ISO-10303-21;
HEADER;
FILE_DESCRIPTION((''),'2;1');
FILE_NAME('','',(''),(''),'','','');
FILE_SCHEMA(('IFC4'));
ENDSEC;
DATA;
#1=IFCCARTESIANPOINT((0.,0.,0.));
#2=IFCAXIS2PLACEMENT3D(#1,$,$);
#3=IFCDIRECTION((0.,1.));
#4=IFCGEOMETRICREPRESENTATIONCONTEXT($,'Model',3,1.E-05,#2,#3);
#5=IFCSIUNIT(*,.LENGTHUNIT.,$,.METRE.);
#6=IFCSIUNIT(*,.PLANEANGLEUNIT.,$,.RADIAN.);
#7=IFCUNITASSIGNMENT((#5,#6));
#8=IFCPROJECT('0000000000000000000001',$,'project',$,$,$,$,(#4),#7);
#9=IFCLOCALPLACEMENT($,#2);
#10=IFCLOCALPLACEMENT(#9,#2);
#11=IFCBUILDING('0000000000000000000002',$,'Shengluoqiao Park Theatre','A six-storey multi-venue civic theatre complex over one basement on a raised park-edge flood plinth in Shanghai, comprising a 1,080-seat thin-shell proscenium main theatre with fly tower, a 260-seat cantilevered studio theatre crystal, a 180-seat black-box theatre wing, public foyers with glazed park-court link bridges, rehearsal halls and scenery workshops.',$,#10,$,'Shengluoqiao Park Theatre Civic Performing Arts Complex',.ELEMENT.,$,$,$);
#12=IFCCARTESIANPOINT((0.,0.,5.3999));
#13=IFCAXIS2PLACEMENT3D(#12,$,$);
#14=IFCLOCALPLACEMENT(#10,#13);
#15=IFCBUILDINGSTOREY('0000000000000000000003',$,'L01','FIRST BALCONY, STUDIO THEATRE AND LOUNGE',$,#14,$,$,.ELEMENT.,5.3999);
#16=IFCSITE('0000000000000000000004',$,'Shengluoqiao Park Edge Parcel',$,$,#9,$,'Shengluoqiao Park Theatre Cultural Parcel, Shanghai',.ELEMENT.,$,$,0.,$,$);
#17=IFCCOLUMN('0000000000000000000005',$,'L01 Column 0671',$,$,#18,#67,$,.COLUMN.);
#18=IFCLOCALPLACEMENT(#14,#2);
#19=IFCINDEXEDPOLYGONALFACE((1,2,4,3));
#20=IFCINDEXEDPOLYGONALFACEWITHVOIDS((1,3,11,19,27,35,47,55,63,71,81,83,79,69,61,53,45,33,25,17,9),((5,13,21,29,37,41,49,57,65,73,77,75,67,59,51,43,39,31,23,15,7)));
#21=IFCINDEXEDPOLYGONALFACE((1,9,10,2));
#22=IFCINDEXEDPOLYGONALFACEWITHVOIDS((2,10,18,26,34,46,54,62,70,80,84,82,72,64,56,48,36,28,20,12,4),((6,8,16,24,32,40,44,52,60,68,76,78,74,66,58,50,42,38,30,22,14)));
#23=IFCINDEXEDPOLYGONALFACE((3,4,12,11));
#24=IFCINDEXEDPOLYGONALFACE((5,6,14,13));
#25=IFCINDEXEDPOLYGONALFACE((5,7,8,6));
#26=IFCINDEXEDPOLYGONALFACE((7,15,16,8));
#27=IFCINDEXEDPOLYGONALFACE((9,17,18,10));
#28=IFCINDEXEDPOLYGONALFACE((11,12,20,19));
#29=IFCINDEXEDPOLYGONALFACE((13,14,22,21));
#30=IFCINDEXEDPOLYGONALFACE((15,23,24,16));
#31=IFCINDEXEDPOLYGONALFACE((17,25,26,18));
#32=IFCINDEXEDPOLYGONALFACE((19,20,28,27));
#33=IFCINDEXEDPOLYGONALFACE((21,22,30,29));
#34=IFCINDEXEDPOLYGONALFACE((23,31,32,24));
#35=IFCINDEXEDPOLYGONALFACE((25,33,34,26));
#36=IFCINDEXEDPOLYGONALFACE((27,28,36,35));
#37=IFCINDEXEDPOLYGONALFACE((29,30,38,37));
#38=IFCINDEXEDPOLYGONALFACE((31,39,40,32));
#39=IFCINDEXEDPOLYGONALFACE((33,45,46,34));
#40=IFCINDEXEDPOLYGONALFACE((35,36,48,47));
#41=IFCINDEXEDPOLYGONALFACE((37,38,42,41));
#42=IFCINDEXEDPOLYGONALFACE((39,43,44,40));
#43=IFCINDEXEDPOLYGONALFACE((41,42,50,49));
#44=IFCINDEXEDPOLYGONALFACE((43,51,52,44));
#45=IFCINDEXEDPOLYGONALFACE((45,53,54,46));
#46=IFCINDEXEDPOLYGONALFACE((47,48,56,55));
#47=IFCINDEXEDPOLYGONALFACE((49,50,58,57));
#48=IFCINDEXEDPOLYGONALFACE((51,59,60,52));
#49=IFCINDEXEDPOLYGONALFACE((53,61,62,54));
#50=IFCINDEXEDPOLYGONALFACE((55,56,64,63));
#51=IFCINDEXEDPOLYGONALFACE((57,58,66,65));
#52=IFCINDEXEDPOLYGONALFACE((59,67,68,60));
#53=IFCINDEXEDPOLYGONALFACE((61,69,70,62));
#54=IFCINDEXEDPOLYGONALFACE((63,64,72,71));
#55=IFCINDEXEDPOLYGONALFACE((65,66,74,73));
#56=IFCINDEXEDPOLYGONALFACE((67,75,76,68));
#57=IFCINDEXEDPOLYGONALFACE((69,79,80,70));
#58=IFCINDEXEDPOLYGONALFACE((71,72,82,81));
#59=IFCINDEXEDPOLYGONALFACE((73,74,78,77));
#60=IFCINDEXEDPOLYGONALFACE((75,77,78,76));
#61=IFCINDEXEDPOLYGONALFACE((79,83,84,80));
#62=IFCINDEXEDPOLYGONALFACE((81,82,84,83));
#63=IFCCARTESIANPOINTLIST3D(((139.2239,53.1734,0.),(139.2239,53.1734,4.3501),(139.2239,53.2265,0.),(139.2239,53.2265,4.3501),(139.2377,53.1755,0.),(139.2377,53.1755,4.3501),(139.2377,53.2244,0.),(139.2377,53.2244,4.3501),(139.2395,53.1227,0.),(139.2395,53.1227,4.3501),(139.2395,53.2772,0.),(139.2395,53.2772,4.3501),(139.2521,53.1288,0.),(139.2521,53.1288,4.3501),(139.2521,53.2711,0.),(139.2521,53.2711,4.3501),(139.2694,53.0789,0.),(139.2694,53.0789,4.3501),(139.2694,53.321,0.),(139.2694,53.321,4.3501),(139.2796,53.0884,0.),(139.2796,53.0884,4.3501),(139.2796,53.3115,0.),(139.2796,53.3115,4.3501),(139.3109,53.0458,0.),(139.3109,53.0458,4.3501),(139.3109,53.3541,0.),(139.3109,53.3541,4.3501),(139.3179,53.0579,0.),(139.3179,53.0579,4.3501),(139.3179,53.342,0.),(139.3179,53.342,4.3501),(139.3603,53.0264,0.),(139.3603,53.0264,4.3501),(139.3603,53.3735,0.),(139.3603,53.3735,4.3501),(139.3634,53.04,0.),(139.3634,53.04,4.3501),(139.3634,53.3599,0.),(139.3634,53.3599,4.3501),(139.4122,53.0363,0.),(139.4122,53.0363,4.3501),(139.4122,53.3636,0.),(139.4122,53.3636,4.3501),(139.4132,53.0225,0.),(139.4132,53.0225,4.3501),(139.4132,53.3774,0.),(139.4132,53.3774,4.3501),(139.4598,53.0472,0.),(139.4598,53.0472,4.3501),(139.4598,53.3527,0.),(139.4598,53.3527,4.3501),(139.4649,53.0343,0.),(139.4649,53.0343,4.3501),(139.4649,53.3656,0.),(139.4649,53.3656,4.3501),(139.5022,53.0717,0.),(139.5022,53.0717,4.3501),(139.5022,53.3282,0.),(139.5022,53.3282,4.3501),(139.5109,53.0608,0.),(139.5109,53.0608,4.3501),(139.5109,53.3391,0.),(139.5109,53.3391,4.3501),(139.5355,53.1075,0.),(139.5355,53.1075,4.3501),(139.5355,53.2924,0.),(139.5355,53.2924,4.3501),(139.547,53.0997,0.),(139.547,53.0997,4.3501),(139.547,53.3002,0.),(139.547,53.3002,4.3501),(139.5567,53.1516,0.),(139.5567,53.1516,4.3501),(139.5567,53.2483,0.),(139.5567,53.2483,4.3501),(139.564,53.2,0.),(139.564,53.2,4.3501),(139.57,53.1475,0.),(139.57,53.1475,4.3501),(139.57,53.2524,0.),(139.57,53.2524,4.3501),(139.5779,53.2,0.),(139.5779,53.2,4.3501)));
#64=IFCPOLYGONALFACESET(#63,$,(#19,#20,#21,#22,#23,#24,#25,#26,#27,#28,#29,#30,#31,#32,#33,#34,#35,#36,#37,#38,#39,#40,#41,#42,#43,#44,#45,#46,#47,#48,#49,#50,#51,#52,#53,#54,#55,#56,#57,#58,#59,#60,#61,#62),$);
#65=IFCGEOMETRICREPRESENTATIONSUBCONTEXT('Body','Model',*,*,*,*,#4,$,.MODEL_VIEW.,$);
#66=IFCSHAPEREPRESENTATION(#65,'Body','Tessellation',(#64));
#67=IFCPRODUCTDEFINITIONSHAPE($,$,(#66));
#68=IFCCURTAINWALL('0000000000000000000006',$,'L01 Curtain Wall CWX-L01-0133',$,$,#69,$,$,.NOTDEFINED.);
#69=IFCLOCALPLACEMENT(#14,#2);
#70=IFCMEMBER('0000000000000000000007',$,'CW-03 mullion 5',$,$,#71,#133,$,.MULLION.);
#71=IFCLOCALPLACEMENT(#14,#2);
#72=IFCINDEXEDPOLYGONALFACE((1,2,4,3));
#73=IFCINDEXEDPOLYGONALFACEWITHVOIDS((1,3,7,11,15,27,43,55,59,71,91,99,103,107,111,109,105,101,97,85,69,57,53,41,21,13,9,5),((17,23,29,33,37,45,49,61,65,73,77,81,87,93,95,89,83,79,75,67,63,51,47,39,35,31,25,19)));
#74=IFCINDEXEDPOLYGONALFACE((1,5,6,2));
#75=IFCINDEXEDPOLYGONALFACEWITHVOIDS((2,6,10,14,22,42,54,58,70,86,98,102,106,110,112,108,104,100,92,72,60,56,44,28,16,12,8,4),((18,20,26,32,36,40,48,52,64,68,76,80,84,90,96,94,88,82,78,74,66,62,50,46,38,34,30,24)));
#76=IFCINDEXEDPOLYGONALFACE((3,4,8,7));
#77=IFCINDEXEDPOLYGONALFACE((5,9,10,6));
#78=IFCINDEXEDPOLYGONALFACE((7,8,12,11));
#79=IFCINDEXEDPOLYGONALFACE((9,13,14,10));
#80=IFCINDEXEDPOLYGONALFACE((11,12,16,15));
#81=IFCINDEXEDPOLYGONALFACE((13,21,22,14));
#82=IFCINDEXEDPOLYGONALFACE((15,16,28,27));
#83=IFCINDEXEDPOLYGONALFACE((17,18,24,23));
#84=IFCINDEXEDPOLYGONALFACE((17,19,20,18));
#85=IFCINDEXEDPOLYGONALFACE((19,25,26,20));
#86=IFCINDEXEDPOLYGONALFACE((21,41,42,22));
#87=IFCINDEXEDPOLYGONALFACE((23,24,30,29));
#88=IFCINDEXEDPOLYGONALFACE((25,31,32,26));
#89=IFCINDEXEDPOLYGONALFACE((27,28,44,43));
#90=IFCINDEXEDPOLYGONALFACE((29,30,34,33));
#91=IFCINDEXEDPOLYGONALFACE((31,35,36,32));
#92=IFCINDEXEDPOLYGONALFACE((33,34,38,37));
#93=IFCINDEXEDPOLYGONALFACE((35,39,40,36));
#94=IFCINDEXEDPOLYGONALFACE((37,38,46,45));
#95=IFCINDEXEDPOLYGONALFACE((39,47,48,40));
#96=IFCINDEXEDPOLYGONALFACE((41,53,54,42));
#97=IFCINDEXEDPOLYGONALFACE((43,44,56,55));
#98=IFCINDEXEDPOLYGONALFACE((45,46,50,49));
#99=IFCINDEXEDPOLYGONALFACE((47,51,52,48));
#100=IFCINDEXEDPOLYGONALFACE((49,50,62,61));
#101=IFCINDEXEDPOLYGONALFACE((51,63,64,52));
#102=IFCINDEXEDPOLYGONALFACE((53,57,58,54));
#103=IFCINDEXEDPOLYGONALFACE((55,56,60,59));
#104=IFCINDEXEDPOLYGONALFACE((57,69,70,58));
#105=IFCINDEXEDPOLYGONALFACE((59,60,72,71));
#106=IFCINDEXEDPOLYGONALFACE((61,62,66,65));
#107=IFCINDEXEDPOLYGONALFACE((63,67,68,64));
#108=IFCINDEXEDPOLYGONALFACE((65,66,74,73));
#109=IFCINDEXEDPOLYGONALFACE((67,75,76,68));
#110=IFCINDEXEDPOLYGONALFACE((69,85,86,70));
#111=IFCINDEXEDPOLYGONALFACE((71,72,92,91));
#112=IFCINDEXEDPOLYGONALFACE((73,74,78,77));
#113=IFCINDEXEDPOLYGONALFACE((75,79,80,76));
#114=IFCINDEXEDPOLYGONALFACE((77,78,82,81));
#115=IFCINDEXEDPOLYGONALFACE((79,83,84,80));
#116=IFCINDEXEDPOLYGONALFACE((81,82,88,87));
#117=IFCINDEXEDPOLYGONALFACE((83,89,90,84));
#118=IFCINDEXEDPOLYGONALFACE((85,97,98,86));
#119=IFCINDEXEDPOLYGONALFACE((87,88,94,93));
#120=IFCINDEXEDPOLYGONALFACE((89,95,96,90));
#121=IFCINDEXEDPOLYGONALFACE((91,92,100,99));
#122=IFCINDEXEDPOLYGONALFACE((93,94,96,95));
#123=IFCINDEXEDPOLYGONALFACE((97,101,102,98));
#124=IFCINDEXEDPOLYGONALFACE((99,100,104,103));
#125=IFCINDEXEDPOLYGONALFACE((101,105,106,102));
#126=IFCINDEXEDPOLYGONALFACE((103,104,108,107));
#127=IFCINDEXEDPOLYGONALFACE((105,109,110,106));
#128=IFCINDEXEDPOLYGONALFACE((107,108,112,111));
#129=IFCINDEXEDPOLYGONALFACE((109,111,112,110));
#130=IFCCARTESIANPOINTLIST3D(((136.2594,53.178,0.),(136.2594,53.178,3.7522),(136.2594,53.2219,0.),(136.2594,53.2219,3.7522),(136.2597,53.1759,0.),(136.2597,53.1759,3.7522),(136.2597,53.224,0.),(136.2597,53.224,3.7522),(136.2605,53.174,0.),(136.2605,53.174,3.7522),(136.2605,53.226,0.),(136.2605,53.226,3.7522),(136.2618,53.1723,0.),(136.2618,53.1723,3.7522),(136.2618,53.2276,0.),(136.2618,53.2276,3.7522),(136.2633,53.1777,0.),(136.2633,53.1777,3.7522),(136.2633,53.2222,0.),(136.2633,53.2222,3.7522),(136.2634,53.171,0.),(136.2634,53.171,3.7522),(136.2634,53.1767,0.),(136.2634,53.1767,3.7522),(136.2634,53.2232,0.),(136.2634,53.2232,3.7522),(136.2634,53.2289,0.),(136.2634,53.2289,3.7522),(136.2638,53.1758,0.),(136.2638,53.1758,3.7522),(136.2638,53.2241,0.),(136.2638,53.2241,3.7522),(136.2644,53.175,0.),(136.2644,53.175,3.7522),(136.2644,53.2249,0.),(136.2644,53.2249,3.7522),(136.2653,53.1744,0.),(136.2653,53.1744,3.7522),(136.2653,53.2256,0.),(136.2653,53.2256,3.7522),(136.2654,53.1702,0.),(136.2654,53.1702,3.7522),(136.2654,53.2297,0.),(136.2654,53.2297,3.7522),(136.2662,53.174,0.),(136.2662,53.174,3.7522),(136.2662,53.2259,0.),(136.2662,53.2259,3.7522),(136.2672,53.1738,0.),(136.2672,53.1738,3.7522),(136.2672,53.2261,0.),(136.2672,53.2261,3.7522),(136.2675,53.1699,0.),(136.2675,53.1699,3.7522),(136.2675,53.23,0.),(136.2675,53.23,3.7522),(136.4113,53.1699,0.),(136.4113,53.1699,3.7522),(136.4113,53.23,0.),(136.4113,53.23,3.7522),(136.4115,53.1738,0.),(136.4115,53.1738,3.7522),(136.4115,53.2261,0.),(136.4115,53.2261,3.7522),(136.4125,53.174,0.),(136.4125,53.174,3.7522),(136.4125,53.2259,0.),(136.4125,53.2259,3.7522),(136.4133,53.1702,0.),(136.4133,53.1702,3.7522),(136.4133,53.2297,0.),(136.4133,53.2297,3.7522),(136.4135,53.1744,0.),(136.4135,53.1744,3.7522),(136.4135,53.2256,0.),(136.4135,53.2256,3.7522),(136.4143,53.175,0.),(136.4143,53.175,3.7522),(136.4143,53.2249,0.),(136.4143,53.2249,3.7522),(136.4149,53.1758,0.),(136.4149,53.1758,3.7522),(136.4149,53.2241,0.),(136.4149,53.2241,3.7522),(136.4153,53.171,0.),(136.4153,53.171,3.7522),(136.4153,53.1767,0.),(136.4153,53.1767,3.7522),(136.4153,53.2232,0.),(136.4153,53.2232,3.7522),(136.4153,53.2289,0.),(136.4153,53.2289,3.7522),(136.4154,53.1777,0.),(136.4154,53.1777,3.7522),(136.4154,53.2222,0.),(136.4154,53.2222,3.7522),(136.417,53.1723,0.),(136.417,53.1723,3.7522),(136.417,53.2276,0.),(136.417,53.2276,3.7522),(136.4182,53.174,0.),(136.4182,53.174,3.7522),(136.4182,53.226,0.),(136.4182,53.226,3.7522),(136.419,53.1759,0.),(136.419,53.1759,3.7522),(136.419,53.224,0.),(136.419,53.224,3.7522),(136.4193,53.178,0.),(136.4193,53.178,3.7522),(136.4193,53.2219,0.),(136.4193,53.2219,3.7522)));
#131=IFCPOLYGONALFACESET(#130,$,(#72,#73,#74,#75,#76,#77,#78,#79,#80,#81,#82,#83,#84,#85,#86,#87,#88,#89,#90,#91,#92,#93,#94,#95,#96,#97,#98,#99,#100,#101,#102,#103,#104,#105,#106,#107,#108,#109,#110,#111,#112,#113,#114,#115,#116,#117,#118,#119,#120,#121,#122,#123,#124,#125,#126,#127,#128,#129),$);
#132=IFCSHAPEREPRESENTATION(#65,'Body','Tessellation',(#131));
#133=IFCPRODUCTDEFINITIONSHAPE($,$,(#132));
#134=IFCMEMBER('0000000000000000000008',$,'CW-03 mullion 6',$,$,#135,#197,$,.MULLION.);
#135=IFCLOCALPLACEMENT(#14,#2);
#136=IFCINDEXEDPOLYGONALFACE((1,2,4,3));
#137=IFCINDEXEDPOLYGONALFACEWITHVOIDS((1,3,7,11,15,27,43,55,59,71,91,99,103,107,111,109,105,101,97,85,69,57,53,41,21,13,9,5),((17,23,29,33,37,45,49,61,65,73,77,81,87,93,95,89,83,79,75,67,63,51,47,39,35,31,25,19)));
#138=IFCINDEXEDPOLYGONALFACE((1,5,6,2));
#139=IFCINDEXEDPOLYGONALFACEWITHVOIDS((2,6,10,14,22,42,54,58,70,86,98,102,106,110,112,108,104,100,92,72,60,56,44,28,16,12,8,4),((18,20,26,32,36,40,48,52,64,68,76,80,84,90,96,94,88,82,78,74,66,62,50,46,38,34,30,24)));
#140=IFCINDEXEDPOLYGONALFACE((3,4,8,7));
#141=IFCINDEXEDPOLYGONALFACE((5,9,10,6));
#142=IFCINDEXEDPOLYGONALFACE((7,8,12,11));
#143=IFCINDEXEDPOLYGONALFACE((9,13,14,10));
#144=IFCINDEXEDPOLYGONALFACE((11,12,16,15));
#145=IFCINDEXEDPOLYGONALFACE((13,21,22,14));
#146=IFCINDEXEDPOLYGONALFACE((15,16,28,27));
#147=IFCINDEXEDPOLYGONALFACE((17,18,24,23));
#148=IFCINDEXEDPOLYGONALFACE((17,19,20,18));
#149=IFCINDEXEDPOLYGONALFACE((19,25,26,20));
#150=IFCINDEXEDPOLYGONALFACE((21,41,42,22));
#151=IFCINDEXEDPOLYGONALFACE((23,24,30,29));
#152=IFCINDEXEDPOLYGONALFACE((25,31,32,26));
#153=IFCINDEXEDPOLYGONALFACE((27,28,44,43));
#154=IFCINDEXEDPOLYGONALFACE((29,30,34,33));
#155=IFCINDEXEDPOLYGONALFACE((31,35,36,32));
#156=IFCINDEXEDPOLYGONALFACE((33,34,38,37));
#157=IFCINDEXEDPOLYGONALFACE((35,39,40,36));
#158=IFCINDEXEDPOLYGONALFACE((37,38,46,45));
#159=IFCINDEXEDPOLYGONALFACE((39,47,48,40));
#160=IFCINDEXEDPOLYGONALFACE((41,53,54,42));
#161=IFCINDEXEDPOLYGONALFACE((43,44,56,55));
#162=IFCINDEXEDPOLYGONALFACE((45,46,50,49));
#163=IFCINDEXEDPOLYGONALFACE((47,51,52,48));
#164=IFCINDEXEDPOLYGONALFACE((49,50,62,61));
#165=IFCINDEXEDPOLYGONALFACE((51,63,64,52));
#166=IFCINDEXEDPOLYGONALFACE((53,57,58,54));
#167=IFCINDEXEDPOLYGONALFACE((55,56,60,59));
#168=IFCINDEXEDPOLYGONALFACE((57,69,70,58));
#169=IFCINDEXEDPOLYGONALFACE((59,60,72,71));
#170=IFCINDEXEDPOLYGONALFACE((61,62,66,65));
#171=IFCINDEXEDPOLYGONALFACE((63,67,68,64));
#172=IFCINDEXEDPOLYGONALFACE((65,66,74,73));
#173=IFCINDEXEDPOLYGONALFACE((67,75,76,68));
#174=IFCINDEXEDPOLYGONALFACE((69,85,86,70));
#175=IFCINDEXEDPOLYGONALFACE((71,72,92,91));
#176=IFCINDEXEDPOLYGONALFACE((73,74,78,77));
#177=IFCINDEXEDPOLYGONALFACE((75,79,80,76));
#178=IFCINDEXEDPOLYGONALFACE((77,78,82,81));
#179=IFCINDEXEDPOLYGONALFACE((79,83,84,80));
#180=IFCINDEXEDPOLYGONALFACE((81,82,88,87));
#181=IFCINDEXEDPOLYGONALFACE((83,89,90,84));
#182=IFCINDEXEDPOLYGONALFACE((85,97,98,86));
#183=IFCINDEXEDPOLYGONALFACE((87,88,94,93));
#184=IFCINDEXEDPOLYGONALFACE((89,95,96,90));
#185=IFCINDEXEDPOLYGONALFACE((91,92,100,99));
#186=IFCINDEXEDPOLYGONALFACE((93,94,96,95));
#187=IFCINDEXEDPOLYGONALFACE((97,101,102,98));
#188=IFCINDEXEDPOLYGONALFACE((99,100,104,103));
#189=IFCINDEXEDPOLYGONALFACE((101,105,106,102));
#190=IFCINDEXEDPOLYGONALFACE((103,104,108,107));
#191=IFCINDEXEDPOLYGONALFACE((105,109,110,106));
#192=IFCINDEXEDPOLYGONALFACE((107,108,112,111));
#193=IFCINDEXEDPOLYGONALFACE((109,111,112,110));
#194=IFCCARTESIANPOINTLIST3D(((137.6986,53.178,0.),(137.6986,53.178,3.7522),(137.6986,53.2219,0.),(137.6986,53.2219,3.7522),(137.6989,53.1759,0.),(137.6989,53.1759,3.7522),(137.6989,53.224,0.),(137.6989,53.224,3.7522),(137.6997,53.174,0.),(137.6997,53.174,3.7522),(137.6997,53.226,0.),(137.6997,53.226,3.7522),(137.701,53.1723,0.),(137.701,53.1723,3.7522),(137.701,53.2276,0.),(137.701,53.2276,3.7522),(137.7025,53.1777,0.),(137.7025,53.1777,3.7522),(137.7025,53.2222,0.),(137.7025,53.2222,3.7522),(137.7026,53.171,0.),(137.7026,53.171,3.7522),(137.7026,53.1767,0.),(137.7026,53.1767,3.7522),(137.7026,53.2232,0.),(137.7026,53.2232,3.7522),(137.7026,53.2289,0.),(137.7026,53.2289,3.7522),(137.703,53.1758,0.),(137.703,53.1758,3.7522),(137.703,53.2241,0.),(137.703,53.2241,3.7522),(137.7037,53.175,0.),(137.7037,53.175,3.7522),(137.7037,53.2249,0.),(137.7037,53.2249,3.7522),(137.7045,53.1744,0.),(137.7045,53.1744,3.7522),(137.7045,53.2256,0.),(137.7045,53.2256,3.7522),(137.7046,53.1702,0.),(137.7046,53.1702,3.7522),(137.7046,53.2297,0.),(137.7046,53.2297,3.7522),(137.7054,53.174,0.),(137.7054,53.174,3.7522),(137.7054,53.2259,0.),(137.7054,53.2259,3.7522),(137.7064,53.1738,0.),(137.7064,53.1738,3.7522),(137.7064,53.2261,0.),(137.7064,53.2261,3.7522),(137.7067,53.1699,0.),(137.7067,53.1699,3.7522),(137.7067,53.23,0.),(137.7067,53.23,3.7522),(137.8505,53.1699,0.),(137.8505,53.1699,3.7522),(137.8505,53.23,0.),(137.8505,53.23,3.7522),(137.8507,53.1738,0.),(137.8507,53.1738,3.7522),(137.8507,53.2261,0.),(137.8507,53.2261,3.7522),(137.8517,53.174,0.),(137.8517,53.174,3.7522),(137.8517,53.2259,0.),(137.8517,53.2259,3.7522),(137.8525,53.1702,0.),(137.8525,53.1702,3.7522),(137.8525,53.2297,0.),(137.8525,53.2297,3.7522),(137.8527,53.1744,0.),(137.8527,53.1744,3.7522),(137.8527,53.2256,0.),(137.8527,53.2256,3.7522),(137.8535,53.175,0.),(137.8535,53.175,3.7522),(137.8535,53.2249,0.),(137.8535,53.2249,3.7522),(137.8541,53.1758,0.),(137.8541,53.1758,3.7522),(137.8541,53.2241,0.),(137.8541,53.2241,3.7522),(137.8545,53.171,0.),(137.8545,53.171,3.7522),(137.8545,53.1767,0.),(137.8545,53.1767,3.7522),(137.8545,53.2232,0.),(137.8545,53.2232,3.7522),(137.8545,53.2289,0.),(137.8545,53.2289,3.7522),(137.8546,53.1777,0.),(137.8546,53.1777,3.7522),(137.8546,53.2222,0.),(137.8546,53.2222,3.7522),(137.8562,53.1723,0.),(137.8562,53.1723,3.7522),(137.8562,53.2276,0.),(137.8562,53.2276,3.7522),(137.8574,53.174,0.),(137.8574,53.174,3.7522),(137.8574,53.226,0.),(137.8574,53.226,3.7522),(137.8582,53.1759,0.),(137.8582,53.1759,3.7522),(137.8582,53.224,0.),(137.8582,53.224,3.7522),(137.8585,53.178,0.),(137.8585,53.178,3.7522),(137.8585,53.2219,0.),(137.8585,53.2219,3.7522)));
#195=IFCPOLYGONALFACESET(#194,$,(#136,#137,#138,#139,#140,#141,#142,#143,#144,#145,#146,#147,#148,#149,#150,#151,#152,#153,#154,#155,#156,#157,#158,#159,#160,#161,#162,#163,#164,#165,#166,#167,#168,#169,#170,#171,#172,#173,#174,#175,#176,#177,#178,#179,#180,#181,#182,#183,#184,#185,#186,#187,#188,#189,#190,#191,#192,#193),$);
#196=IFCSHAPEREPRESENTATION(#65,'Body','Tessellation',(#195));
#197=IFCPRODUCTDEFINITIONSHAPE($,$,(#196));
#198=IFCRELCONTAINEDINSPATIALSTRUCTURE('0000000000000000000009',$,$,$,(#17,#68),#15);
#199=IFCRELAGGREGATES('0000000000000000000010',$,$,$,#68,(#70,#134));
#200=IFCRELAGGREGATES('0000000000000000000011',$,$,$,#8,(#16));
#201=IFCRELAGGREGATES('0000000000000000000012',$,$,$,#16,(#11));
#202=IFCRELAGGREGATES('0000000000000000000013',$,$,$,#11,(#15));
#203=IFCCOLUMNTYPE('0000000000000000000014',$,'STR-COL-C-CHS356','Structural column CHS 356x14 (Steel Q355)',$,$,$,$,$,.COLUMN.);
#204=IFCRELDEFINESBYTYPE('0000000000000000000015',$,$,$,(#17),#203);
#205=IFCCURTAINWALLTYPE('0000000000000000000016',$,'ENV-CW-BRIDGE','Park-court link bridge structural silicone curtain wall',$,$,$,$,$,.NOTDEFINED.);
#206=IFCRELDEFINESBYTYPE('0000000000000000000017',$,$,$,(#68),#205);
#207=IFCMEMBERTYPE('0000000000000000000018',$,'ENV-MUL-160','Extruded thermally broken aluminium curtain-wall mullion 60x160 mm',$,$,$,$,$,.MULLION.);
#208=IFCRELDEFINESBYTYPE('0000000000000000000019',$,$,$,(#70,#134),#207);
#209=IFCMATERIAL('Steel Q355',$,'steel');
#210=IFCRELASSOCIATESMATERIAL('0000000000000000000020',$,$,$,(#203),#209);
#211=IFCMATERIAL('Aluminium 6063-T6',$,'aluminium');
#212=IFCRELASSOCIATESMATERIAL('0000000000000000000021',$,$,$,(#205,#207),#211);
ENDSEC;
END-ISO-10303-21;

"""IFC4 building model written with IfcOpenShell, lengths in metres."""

from ifc_helpers import new_model, si_unit, direction, frame, origin, origin_2d, place, context, subcontext, project, spatial, hollow_rectangle, hollow_circle, extrude, material, material_profile, profile_set, type_object, element, aggregate, save


model = new_model("IFC4")

# Units and contexts
model_context = context("Model", 3, precision=1e-05, world=origin(), true_north=direction((0.0, 1.0)))
body_context = subcontext(model_context, "Body", "Model", "MODEL_VIEW")
ifc_project = project(units=[si_unit("LENGTHUNIT", "METRE"), si_unit("PLANEANGLEUNIT", "RADIAN")], contexts=[model_context])

# Site, building, storey
site_placement = place(None, origin())
site = spatial("IfcSite", under=ifc_project, at=site_placement, Name="Shengluoqiao Park Edge Parcel", LongName="Shengluoqiao Park Theatre Cultural Parcel, Shanghai", CompositionType="ELEMENT", RefElevation=0.0)
building_placement = place(site_placement, origin())
building = spatial("IfcBuilding", under=site, at=building_placement, Name="Shengluoqiao Park Theatre", Description="A six-storey multi-venue civic theatre complex over one basement on a raised park-edge flood plinth in Shanghai, comprising a 1,080-seat thin-shell proscenium main theatre with fly tower, a 260-seat cantilevered studio theatre crystal, a 180-seat black-box theatre wing, public foyers with glazed park-court link bridges, rehearsal halls and scenery workshops.", LongName="Shengluoqiao Park Theatre Civic Performing Arts Complex", CompositionType="ELEMENT")
storey_placement = place(building_placement, frame((0.0, 0.0, 5.3999)))
storey = spatial("IfcBuildingStorey", under=building, at=storey_placement, Name="L01", Description="FIRST BALCONY, STUDIO THEATRE AND LOUNGE", CompositionType="ELEMENT", Elevation=5.3999)

# Column
ifc_material_1 = material(Name="Steel Q355", Category="steel")
ifc_material_profile_1 = material_profile(ifc_material_1, hollow_circle(Radius=0.178, WallThickness=0.0139, at=origin_2d()), Name="CHS 356x14")
ifc_profile_set_1 = profile_set([ifc_material_profile_1], Name="Steel Q355")
column_type = type_object("IfcColumnType", Name="STR-COL-C-CHS356", Description="Structural column CHS 356x14 (Steel Q355)", PredefinedType="COLUMN", material=ifc_profile_set_1)
column_placement = place(storey_placement, frame((139.3999, 53.2, 0.0), z_axis=(0.0, 0.0, 1.0), x_axis=(1.0, 0.0, 0.0)))
element("IfcColumn", 1, at=column_placement, inside=storey, type_object=column_type, Name="L01 Column 0671", PredefinedType="COLUMN", context=body_context, shape_type="SweptSolid", body=[
    extrude(hollow_circle(Radius=0.178, WallThickness=0.0139, at=origin_2d()), origin(), (0.0, 0.0, 1.0), 4.3501),
])

# Curtain wall, members
ifc_material_2 = material(Name="Aluminium 6063-T6", Category="aluminium")
curtain_wall_type = type_object("IfcCurtainWallType", Name="ENV-CW-BRIDGE", Description="Park-court link bridge structural silicone curtain wall", PredefinedType="NOTDEFINED", material=ifc_material_2)
curtain_wall_1_placement = place(storey_placement, origin())
curtain_wall_1 = element("IfcCurtainWall", 2, at=curtain_wall_1_placement, inside=storey, type_object=curtain_wall_type, Name="L01 Curtain Wall CWX-L01-0133", PredefinedType="NOTDEFINED")
ifc_material_profile_2 = material_profile(ifc_material_2, hollow_rectangle(XDim=0.0601, YDim=0.1599, WallThickness=0.0039, InnerFilletRadius=0.0039, OuterFilletRadius=0.0081, at=origin_2d()), Name="ALU MULLION 160x60x4")
ifc_profile_set_2 = profile_set([ifc_material_profile_2], Name="Aluminium 6063-T6")
member_type_1 = type_object("IfcMemberType", Name="ENV-MUL-160", Description="Extruded thermally broken aluminium curtain-wall mullion 60x160 mm", PredefinedType="MULLION", material=ifc_profile_set_2)
member_1_placement = place(storey_placement, frame((136.3394, 53.2, 0.0), z_axis=(0.0, 0.0, 1.0), x_axis=(0.0, 1.0, 0.0)))
member_1 = element("IfcMember", 3, at=member_1_placement, type_object=member_type_1, Name="CW-03 mullion 5", PredefinedType="MULLION", context=body_context, shape_type="SweptSolid", body=[
    extrude(hollow_rectangle(XDim=0.0601, YDim=0.1599, WallThickness=0.0039, InnerFilletRadius=0.0039, OuterFilletRadius=0.0081, at=origin_2d()), origin(), (0.0, 0.0, 1.0), 3.7522),
])
member_2_placement = place(storey_placement, frame((137.7786, 53.2, 0.0), z_axis=(0.0, 0.0, 1.0), x_axis=(0.0, 1.0, 0.0)))
member_2 = element("IfcMember", 4, at=member_2_placement, type_object=member_type_1, Name="CW-03 mullion 6", PredefinedType="MULLION", context=body_context, shape_type="SweptSolid", body=[
    extrude(hollow_rectangle(XDim=0.0601, YDim=0.1599, WallThickness=0.0039, InnerFilletRadius=0.0039, OuterFilletRadius=0.0081, at=origin_2d()), origin(), (0.0, 0.0, 1.0), 3.7522),
])

aggregate(curtain_wall_1, [member_1, member_2])

save(model, "model.ifc")
